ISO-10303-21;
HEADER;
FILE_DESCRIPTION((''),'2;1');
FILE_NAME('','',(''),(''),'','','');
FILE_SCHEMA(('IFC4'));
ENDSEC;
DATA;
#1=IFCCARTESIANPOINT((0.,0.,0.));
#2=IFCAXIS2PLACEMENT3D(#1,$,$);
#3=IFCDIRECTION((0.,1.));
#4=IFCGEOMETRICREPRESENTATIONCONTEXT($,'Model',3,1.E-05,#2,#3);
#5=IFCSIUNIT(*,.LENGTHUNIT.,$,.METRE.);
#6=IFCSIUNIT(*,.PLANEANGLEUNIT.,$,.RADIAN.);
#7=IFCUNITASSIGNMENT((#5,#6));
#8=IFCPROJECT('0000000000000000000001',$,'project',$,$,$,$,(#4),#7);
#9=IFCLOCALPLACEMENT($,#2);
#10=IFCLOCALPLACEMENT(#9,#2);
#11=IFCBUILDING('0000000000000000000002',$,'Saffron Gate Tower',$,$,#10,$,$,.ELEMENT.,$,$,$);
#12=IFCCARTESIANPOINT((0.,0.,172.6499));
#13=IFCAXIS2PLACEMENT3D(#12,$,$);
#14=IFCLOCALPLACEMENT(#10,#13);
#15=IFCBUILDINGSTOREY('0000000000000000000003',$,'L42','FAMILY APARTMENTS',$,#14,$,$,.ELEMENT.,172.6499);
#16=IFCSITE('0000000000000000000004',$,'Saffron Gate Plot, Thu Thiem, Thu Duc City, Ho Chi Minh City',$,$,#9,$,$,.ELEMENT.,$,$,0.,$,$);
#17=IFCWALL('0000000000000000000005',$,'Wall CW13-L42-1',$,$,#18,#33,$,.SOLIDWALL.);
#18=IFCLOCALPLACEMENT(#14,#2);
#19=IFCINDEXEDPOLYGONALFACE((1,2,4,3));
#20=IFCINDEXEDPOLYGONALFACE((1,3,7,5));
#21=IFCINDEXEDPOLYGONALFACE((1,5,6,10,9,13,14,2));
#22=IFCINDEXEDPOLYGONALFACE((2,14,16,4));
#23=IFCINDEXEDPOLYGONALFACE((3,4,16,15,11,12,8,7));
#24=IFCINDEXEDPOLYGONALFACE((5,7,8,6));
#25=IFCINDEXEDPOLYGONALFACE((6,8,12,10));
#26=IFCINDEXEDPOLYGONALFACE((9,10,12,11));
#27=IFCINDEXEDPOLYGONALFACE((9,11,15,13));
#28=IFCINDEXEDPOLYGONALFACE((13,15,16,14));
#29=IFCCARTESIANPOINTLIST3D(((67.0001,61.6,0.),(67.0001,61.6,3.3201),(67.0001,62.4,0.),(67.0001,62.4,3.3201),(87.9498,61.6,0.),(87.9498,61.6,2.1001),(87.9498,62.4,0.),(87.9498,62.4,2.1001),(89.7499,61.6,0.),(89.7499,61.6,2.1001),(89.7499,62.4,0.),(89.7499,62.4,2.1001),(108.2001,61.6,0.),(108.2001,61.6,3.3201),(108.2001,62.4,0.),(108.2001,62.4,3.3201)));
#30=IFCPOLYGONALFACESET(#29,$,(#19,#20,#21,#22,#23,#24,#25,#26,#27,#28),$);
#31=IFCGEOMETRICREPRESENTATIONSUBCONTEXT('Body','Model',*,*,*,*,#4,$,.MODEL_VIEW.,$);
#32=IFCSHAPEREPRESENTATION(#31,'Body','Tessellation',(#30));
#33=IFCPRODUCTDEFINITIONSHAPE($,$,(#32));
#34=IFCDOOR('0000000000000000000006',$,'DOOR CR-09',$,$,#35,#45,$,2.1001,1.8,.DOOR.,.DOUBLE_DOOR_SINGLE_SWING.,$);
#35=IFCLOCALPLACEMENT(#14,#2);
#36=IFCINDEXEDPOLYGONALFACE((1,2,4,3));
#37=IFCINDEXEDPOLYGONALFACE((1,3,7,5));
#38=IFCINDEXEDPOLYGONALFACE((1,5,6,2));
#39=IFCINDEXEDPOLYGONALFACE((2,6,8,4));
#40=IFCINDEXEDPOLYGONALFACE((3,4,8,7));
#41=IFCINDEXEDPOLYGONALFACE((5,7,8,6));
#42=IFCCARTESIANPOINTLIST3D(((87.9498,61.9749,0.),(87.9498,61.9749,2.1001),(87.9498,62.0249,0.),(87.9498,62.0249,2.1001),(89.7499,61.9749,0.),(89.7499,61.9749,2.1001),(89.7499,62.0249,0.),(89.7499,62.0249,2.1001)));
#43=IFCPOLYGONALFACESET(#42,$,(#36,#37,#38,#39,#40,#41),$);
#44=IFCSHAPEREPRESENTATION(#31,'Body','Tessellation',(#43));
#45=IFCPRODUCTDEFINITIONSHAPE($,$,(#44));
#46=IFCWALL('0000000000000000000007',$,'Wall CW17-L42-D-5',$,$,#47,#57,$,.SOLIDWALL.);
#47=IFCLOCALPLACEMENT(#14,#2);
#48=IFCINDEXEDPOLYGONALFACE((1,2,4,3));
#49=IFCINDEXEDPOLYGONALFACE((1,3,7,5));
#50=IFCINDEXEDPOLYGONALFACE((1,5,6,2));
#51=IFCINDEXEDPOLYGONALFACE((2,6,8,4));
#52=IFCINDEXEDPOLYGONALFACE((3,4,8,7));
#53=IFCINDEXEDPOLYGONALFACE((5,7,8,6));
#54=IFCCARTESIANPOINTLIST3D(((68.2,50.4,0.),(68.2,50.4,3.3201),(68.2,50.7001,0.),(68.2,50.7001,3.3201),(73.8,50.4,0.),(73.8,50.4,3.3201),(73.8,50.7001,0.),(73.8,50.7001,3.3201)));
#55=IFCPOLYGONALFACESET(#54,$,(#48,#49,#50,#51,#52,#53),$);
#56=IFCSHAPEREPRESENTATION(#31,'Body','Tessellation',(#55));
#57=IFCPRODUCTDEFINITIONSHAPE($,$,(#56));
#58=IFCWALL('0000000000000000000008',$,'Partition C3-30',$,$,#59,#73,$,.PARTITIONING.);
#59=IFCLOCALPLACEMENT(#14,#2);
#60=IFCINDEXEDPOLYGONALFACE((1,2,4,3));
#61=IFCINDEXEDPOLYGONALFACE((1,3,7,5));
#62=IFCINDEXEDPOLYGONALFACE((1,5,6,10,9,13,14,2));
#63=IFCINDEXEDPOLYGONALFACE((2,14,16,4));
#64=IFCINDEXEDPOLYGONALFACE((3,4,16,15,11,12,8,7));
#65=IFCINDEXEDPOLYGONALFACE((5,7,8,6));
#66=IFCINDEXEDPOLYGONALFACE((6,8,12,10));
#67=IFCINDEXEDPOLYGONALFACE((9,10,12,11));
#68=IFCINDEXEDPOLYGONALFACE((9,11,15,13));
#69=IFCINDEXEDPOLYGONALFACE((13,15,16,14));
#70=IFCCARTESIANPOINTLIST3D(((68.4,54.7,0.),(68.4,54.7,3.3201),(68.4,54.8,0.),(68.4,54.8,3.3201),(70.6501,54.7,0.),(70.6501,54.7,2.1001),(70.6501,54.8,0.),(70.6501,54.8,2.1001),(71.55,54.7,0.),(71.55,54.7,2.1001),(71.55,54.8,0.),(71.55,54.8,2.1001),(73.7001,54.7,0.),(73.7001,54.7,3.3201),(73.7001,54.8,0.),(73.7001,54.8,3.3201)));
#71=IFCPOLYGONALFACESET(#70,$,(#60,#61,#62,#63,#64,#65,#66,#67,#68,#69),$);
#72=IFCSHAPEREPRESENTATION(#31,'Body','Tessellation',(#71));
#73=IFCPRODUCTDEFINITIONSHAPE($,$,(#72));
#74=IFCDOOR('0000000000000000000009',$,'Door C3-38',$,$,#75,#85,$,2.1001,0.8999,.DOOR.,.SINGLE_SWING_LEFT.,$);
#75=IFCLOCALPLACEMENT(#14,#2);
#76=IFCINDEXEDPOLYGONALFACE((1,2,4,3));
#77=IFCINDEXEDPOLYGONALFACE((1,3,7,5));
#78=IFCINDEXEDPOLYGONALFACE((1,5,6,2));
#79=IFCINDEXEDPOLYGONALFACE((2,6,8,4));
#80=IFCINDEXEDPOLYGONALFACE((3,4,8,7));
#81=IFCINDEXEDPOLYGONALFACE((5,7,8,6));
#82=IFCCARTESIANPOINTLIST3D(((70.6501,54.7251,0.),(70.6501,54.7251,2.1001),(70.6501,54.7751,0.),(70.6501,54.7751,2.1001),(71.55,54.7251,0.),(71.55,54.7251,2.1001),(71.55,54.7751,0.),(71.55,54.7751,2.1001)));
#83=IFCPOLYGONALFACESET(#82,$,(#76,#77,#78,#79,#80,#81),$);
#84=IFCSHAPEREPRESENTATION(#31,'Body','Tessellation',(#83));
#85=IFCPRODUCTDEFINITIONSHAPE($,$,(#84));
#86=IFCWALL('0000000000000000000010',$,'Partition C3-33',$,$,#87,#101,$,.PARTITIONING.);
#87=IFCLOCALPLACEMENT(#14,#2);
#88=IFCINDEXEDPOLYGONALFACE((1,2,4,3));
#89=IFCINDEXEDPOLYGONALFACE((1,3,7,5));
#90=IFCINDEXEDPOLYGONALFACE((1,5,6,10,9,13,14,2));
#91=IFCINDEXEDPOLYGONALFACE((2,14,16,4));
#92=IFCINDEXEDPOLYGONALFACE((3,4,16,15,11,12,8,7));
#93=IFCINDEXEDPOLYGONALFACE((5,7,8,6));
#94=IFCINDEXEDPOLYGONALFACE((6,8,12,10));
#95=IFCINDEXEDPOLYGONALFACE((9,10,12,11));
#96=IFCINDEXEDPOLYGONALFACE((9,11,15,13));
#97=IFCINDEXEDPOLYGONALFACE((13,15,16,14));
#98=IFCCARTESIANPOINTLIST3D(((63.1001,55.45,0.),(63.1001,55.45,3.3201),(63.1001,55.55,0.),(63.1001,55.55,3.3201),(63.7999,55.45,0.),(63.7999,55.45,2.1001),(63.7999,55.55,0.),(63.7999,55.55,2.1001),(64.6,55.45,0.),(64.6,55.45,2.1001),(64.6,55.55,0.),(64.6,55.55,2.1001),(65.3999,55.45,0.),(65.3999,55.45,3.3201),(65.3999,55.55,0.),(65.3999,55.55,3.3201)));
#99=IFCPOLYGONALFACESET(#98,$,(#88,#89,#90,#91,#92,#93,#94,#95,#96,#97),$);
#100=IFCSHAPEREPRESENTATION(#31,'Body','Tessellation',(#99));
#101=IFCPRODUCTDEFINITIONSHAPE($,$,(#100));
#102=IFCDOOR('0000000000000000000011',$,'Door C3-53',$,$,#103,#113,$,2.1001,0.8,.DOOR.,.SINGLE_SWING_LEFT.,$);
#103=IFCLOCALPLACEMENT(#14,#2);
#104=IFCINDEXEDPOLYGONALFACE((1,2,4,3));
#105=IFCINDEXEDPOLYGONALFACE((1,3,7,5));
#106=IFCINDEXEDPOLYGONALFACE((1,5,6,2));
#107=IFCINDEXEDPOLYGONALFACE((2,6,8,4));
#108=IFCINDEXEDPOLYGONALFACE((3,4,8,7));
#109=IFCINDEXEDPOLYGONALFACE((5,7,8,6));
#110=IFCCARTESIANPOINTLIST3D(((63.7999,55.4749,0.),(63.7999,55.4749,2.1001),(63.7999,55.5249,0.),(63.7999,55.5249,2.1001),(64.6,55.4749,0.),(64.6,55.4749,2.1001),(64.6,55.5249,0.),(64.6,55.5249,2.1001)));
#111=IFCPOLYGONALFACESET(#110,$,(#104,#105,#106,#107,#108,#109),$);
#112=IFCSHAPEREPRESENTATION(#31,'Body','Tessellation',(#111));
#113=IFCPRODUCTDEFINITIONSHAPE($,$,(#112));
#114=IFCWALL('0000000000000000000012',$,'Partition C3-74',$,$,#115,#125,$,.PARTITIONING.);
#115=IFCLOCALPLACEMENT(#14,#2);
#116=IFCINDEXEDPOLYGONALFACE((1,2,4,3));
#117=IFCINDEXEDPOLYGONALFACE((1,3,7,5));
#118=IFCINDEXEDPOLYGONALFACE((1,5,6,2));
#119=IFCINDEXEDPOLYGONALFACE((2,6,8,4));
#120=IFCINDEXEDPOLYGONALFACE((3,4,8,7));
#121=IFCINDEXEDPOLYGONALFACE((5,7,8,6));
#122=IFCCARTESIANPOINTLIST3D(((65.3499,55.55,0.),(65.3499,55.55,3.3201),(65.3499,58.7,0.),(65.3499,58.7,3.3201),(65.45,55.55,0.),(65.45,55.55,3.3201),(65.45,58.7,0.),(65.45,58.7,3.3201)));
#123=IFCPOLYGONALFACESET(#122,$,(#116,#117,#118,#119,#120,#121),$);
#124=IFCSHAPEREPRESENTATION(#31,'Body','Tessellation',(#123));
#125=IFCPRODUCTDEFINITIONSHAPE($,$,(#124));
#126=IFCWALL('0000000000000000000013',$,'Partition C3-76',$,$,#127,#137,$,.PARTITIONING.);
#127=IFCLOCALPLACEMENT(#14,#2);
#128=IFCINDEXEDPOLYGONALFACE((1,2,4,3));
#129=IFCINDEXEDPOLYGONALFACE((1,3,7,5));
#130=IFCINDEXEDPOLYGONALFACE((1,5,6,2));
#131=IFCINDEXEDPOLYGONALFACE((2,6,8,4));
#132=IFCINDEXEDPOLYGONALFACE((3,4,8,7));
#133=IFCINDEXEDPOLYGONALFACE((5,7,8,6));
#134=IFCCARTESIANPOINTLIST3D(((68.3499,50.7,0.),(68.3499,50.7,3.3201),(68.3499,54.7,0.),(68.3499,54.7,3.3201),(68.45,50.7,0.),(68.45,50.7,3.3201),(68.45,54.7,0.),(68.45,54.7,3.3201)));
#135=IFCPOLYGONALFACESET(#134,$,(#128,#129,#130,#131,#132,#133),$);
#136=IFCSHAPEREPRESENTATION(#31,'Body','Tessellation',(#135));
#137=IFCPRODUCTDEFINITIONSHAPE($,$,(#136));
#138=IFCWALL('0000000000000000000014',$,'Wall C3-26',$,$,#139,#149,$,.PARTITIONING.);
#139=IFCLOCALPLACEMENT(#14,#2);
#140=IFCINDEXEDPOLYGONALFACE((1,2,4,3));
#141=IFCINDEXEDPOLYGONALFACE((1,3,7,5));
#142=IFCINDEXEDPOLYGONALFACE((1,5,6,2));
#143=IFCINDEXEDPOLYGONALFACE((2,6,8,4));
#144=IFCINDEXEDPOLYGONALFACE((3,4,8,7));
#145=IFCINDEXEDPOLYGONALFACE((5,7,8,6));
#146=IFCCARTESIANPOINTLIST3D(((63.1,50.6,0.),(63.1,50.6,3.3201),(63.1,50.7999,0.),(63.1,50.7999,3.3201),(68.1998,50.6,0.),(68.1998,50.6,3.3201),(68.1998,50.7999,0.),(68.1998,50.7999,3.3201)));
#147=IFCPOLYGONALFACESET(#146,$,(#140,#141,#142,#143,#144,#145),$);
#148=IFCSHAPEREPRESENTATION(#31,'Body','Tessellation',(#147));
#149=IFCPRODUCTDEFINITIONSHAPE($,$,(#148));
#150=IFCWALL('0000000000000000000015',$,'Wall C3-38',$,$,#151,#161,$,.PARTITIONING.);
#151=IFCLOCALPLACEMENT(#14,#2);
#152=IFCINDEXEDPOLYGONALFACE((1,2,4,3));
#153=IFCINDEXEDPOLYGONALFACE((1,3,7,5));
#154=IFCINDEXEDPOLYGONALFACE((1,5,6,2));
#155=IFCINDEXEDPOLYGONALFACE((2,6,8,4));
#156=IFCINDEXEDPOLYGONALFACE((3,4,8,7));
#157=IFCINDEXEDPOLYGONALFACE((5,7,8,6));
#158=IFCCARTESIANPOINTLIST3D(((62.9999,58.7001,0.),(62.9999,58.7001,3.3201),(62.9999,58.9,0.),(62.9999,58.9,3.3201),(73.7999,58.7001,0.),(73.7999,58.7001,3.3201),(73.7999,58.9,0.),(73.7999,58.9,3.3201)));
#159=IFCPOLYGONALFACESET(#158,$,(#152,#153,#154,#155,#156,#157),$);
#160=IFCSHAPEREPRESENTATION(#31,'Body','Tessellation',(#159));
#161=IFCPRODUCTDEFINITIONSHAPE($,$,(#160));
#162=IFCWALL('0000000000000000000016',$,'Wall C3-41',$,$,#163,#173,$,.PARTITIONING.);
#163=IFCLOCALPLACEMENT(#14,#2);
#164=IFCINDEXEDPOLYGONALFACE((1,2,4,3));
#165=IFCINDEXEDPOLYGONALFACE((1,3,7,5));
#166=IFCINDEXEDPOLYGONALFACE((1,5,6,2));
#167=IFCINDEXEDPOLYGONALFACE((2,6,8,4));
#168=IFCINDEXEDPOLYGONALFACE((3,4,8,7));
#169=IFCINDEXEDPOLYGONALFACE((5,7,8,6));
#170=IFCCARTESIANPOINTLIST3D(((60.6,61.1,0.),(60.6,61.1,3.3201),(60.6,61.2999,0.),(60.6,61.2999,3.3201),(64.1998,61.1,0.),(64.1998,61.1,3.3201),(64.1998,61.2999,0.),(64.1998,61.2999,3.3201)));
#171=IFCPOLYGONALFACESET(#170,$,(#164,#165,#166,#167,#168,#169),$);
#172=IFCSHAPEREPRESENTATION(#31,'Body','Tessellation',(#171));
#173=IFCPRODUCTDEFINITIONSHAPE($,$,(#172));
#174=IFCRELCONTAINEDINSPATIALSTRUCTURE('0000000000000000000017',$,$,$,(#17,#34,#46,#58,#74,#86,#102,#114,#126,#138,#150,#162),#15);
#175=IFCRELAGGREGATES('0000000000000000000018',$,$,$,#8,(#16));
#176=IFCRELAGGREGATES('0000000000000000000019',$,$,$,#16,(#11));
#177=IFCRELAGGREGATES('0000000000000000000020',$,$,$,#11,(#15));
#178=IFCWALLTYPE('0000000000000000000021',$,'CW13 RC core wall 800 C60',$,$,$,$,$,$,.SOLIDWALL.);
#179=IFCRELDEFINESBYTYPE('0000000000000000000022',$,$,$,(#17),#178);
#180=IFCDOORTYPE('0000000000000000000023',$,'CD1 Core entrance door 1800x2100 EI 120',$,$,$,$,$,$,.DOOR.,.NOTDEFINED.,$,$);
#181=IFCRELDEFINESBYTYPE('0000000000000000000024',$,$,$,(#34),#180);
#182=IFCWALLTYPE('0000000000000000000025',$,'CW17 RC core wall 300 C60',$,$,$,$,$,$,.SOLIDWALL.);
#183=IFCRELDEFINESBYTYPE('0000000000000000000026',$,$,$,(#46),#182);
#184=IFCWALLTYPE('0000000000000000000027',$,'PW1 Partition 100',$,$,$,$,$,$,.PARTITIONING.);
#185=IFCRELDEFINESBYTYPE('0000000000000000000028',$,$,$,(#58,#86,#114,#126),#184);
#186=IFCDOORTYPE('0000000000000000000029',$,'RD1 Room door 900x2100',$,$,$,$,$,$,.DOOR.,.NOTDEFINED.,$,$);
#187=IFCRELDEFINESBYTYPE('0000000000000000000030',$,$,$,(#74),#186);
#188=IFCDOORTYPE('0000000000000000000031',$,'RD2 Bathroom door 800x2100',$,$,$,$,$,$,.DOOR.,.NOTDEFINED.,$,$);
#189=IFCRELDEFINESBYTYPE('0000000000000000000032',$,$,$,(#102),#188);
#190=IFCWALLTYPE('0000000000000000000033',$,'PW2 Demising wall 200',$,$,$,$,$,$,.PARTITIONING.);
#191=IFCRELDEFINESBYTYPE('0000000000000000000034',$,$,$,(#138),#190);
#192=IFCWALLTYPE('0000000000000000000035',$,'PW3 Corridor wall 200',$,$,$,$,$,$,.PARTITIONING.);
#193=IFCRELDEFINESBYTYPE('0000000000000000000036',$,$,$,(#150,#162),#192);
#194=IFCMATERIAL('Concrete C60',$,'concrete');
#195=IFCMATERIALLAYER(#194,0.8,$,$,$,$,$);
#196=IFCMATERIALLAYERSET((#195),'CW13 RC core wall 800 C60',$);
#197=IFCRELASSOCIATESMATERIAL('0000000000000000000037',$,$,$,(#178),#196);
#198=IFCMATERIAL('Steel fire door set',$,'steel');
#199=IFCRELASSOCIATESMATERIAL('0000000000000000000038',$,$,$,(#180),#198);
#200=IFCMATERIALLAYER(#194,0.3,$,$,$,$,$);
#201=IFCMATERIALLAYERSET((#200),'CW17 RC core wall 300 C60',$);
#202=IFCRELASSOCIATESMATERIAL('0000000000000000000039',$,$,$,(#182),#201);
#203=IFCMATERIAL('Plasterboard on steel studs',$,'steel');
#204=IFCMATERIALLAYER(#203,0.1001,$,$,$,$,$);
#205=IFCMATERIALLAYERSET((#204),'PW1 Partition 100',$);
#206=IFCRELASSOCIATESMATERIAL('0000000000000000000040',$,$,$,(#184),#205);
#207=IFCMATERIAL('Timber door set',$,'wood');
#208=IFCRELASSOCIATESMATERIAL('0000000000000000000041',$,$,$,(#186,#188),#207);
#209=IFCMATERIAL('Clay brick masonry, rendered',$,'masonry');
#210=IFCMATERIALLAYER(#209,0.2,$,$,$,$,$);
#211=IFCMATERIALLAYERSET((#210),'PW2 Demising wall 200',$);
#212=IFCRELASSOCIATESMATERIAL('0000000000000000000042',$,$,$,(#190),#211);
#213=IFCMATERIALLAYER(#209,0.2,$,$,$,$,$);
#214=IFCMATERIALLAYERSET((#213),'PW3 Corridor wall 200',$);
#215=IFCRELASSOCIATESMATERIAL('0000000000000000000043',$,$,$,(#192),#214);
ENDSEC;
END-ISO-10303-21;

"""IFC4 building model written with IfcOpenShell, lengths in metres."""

from ifc_helpers import new_model, si_unit, direction, frame, frame_2d, origin, place, context, subcontext, project, spatial, rectangle, extrude, material, layer, layer_set, type_object, element, fill, save


model = new_model("IFC4")

# Units and contexts
model_context = context("Model", 3, precision=1e-05, world=origin(), true_north=direction((0.0, 1.0)))
body_context = subcontext(model_context, "Body", "Model", "MODEL_VIEW")
ifc_project = project(units=[si_unit("LENGTHUNIT", "METRE"), si_unit("PLANEANGLEUNIT", "RADIAN")], contexts=[model_context])

# Site, building, storey
site_placement = place(None, origin())
site = spatial("IfcSite", under=ifc_project, at=site_placement, Name="Saffron Gate Plot, Thu Thiem, Thu Duc City, Ho Chi Minh City", CompositionType="ELEMENT", RefElevation=0.0)
building_placement = place(site_placement, origin())
building = spatial("IfcBuilding", under=site, at=building_placement, Name="Saffron Gate Tower", CompositionType="ELEMENT")
storey_placement = place(building_placement, frame((0.0, 0.0, 172.6499)))
storey = spatial("IfcBuildingStorey", under=building, at=storey_placement, Name="L42", Description="FAMILY APARTMENTS", CompositionType="ELEMENT", Elevation=172.6499)

# Wall, opening, door
ifc_material_1 = material(Name="Steel fire door set", Category="steel")
ifc_material_2 = material(Name="Concrete C60", Category="concrete")
ifc_layer_1 = layer(ifc_material_2, 0.8)
ifc_layer_set_1 = layer_set([ifc_layer_1], Name="CW13 RC core wall 800 C60")
wall_type_1 = type_object("IfcWallType", Name="CW13 RC core wall 800 C60", PredefinedType="SOLIDWALL", material=ifc_layer_set_1)
wall_1_placement = place(storey_placement, frame((67.0, 62.0, 0.0), z_axis=(0.0, 0.0, 1.0), x_axis=(1.0, 0.0, 0.0)))
wall_1 = element("IfcWall", 1, at=wall_1_placement, inside=storey, type_object=wall_type_1, Name="Wall CW13-L42-1", PredefinedType="SOLIDWALL", context=body_context, shape_type="SweptSolid", body=[
    extrude(rectangle(XDim=41.2, YDim=0.8, at=frame_2d((20.6001, 0.0))), origin(), (0.0, 0.0, 1.0), 3.3201),
])
opening_1_placement = place(wall_1_placement, frame((20.95, 0.0, 0.0)))
opening_1 = element("IfcOpeningElement", 2, at=opening_1_placement, cuts=wall_1, PredefinedType="OPENING", context=body_context, shape_type="SweptSolid", body=[
    extrude(rectangle(XDim=1.8, YDim=2.1001, at=frame_2d((0.8999, 1.05))), frame((0.0, 0.4102, 0.0), z_axis=(0.0, -1.0, 0.0), x_axis=(1.0, 0.0, 0.0)), (0.0, 0.0, 1.0), 0.8201),
])
door_type_1 = type_object("IfcDoorType", Name="CD1 Core entrance door 1800x2100 EI 120", OperationType="NOTDEFINED", PredefinedType="DOOR", material=ifc_material_1)
door_1_placement = place(opening_1_placement, origin())
door_1 = element("IfcDoor", 3, at=door_1_placement, inside=storey, type_object=door_type_1, Name="DOOR CR-09", OperationType="DOUBLE_DOOR_SINGLE_SWING", OverallHeight=2.1001, OverallWidth=1.8, PredefinedType="DOOR", context=body_context, shape_type="SweptSolid", body=[
    extrude(rectangle(XDim=1.8, YDim=2.1001, at=frame_2d((0.8999, 1.05))), frame((0.0, 0.0249, 0.0), z_axis=(0.0, -1.0, 0.0), x_axis=(1.0, 0.0, 0.0)), (0.0, 0.0, 1.0), 0.05),
])
fill(opening_1, door_1)

# Wall
ifc_layer_2 = layer(ifc_material_2, 0.3)
ifc_layer_set_2 = layer_set([ifc_layer_2], Name="CW17 RC core wall 300 C60")
wall_type_2 = type_object("IfcWallType", Name="CW17 RC core wall 300 C60", PredefinedType="SOLIDWALL", material=ifc_layer_set_2)
wall_2_placement = place(storey_placement, frame((68.2, 50.55, 0.0), z_axis=(0.0, 0.0, 1.0), x_axis=(1.0, 0.0, 0.0)))
element("IfcWall", 4, at=wall_2_placement, inside=storey, type_object=wall_type_2, Name="Wall CW17-L42-D-5", PredefinedType="SOLIDWALL", context=body_context, shape_type="SweptSolid", body=[
    extrude(rectangle(XDim=5.6001, YDim=0.3, at=frame_2d((2.8, 0.0))), origin(), (0.0, 0.0, 1.0), 3.3201),
])

# Walls, openings, doors
ifc_material_3 = material(Name="Plasterboard on steel studs", Category="steel")
ifc_layer_3 = layer(ifc_material_3, 0.1001)
ifc_layer_set_3 = layer_set([ifc_layer_3], Name="PW1 Partition 100")
wall_type_3 = type_object("IfcWallType", Name="PW1 Partition 100", PredefinedType="PARTITIONING", material=ifc_layer_set_3)
wall_3_placement = place(storey_placement, frame((73.7, 54.75, 0.0), z_axis=(0.0, 0.0, 1.0), x_axis=(-1.0, 0.0, 0.0)))
wall_3 = element("IfcWall", 5, at=wall_3_placement, inside=storey, type_object=wall_type_3, Name="Partition C3-30", PredefinedType="PARTITIONING", context=body_context, shape_type="SweptSolid", body=[
    extrude(rectangle(XDim=5.3, YDim=0.1001, at=frame_2d((2.6499, 0.0))), origin(), (0.0, 0.0, 1.0), 3.3201),
])
opening_2_placement = place(wall_3_placement, frame((2.1499, 0.0, 0.0)))
opening_2 = element("IfcOpeningElement", 6, at=opening_2_placement, cuts=wall_3, PredefinedType="OPENING", context=body_context, shape_type="SweptSolid", body=[
    extrude(rectangle(XDim=0.8999, YDim=2.1001, at=frame_2d((0.45, 1.05))), frame((0.0, 0.0601, 0.0), z_axis=(0.0, -1.0, 0.0), x_axis=(1.0, 0.0, 0.0)), (0.0, 0.0, 1.0), 0.1201),
])
ifc_material_4 = material(Name="Timber door set", Category="wood")
door_type_2 = type_object("IfcDoorType", Name="RD1 Room door 900x2100", OperationType="NOTDEFINED", PredefinedType="DOOR", material=ifc_material_4)
door_2_placement = place(opening_2_placement, origin())
door_2 = element("IfcDoor", 7, at=door_2_placement, inside=storey, type_object=door_type_2, Name="Door C3-38", OperationType="SINGLE_SWING_LEFT", OverallHeight=2.1001, OverallWidth=0.8999, PredefinedType="DOOR", context=body_context, shape_type="SweptSolid", body=[
    extrude(rectangle(XDim=0.8999, YDim=2.1001, at=frame_2d((0.45, 1.05))), frame((0.0, 0.0249, 0.0), z_axis=(0.0, -1.0, 0.0), x_axis=(1.0, 0.0, 0.0)), (0.0, 0.0, 1.0), 0.05),
])
fill(opening_2, door_2)
wall_4_placement = place(storey_placement, frame((63.1001, 55.5, 0.0), z_axis=(0.0, 0.0, 1.0), x_axis=(1.0, 0.0, 0.0)))
wall_4 = element("IfcWall", 8, at=wall_4_placement, inside=storey, type_object=wall_type_3, Name="Partition C3-33", PredefinedType="PARTITIONING", context=body_context, shape_type="SweptSolid", body=[
    extrude(rectangle(XDim=2.2998, YDim=0.1001, at=frame_2d((1.1499, 0.0))), origin(), (0.0, 0.0, 1.0), 3.3201),
])
opening_3_placement = place(wall_4_placement, frame((0.7, 0.0, 0.0)))
opening_3 = element("IfcOpeningElement", 9, at=opening_3_placement, cuts=wall_4, PredefinedType="OPENING", context=body_context, shape_type="SweptSolid", body=[
    extrude(rectangle(XDim=0.8, YDim=2.1001, at=frame_2d((0.3999, 1.05))), frame((0.0, 0.0601, 0.0), z_axis=(0.0, -1.0, 0.0), x_axis=(1.0, 0.0, 0.0)), (0.0, 0.0, 1.0), 0.1201),
])
door_type_3 = type_object("IfcDoorType", Name="RD2 Bathroom door 800x2100", OperationType="NOTDEFINED", PredefinedType="DOOR", material=ifc_material_4)
door_3_placement = place(opening_3_placement, origin())
door_3 = element("IfcDoor", 10, at=door_3_placement, inside=storey, type_object=door_type_3, Name="Door C3-53", OperationType="SINGLE_SWING_LEFT", OverallHeight=2.1001, OverallWidth=0.8, PredefinedType="DOOR", context=body_context, shape_type="SweptSolid", body=[
    extrude(rectangle(XDim=0.8, YDim=2.1001, at=frame_2d((0.3999, 1.05))), frame((0.0, 0.0249, 0.0), z_axis=(0.0, -1.0, 0.0), x_axis=(1.0, 0.0, 0.0)), (0.0, 0.0, 1.0), 0.05),
])
fill(opening_3, door_3)

# Walls
wall_5_placement = place(storey_placement, frame((65.3999, 58.7, 0.0), z_axis=(0.0, 0.0, 1.0), x_axis=(0.0, -1.0, 0.0)))
element("IfcWall", 11, at=wall_5_placement, inside=storey, type_object=wall_type_3, Name="Partition C3-74", PredefinedType="PARTITIONING", context=body_context, shape_type="SweptSolid", body=[
    extrude(rectangle(XDim=3.1499, YDim=0.1001, at=frame_2d((1.575, 0.0))), origin(), (0.0, 0.0, 1.0), 3.3201),
])
wall_6_placement = place(storey_placement, frame((68.3999, 54.7, 0.0), z_axis=(0.0, 0.0, 1.0), x_axis=(0.0, -1.0, 0.0)))
element("IfcWall", 12, at=wall_6_placement, inside=storey, type_object=wall_type_3, Name="Partition C3-76", PredefinedType="PARTITIONING", context=body_context, shape_type="SweptSolid", body=[
    extrude(rectangle(XDim=4.0, YDim=0.1001, at=frame_2d((2.0, 0.0))), origin(), (0.0, 0.0, 1.0), 3.3201),
])
ifc_material_5 = material(Name="Clay brick masonry, rendered", Category="masonry")
ifc_layer_4 = layer(ifc_material_5, 0.2)
ifc_layer_set_4 = layer_set([ifc_layer_4], Name="PW2 Demising wall 200")
wall_type_4 = type_object("IfcWallType", Name="PW2 Demising wall 200", PredefinedType="PARTITIONING", material=ifc_layer_set_4)
wall_7_placement = place(storey_placement, frame((63.1001, 50.7, 0.0), z_axis=(0.0, 0.0, 1.0), x_axis=(1.0, 0.0, 0.0)))
element("IfcWall", 13, at=wall_7_placement, inside=storey, type_object=wall_type_4, Name="Wall C3-26", PredefinedType="PARTITIONING", context=body_context, shape_type="SweptSolid", body=[
    extrude(rectangle(XDim=5.0999, YDim=0.2, at=frame_2d((2.5498, 0.0))), origin(), (0.0, 0.0, 1.0), 3.3201),
])
ifc_layer_5 = layer(ifc_material_5, 0.2)
ifc_layer_set_5 = layer_set([ifc_layer_5], Name="PW3 Corridor wall 200")
wall_type_5 = type_object("IfcWallType", Name="PW3 Corridor wall 200", PredefinedType="PARTITIONING", material=ifc_layer_set_5)
wall_8_placement = place(storey_placement, frame((63.0, 58.8, 0.0), z_axis=(0.0, 0.0, 1.0), x_axis=(1.0, 0.0, 0.0)))
element("IfcWall", 14, at=wall_8_placement, inside=storey, type_object=wall_type_5, Name="Wall C3-38", PredefinedType="PARTITIONING", context=body_context, shape_type="SweptSolid", body=[
    extrude(rectangle(XDim=10.8, YDim=0.2, at=frame_2d((5.3999, 0.0))), origin(), (0.0, 0.0, 1.0), 3.3201),
])
wall_9_placement = place(storey_placement, frame((60.6001, 61.2, 0.0), z_axis=(0.0, 0.0, 1.0), x_axis=(1.0, 0.0, 0.0)))
element("IfcWall", 15, at=wall_9_placement, inside=storey, type_object=wall_type_5, Name="Wall C3-41", PredefinedType="PARTITIONING", context=body_context, shape_type="SweptSolid", body=[
    extrude(rectangle(XDim=3.5999, YDim=0.2, at=frame_2d((1.7998, 0.0))), origin(), (0.0, 0.0, 1.0), 3.3201),
])

save(model, "model.ifc")
